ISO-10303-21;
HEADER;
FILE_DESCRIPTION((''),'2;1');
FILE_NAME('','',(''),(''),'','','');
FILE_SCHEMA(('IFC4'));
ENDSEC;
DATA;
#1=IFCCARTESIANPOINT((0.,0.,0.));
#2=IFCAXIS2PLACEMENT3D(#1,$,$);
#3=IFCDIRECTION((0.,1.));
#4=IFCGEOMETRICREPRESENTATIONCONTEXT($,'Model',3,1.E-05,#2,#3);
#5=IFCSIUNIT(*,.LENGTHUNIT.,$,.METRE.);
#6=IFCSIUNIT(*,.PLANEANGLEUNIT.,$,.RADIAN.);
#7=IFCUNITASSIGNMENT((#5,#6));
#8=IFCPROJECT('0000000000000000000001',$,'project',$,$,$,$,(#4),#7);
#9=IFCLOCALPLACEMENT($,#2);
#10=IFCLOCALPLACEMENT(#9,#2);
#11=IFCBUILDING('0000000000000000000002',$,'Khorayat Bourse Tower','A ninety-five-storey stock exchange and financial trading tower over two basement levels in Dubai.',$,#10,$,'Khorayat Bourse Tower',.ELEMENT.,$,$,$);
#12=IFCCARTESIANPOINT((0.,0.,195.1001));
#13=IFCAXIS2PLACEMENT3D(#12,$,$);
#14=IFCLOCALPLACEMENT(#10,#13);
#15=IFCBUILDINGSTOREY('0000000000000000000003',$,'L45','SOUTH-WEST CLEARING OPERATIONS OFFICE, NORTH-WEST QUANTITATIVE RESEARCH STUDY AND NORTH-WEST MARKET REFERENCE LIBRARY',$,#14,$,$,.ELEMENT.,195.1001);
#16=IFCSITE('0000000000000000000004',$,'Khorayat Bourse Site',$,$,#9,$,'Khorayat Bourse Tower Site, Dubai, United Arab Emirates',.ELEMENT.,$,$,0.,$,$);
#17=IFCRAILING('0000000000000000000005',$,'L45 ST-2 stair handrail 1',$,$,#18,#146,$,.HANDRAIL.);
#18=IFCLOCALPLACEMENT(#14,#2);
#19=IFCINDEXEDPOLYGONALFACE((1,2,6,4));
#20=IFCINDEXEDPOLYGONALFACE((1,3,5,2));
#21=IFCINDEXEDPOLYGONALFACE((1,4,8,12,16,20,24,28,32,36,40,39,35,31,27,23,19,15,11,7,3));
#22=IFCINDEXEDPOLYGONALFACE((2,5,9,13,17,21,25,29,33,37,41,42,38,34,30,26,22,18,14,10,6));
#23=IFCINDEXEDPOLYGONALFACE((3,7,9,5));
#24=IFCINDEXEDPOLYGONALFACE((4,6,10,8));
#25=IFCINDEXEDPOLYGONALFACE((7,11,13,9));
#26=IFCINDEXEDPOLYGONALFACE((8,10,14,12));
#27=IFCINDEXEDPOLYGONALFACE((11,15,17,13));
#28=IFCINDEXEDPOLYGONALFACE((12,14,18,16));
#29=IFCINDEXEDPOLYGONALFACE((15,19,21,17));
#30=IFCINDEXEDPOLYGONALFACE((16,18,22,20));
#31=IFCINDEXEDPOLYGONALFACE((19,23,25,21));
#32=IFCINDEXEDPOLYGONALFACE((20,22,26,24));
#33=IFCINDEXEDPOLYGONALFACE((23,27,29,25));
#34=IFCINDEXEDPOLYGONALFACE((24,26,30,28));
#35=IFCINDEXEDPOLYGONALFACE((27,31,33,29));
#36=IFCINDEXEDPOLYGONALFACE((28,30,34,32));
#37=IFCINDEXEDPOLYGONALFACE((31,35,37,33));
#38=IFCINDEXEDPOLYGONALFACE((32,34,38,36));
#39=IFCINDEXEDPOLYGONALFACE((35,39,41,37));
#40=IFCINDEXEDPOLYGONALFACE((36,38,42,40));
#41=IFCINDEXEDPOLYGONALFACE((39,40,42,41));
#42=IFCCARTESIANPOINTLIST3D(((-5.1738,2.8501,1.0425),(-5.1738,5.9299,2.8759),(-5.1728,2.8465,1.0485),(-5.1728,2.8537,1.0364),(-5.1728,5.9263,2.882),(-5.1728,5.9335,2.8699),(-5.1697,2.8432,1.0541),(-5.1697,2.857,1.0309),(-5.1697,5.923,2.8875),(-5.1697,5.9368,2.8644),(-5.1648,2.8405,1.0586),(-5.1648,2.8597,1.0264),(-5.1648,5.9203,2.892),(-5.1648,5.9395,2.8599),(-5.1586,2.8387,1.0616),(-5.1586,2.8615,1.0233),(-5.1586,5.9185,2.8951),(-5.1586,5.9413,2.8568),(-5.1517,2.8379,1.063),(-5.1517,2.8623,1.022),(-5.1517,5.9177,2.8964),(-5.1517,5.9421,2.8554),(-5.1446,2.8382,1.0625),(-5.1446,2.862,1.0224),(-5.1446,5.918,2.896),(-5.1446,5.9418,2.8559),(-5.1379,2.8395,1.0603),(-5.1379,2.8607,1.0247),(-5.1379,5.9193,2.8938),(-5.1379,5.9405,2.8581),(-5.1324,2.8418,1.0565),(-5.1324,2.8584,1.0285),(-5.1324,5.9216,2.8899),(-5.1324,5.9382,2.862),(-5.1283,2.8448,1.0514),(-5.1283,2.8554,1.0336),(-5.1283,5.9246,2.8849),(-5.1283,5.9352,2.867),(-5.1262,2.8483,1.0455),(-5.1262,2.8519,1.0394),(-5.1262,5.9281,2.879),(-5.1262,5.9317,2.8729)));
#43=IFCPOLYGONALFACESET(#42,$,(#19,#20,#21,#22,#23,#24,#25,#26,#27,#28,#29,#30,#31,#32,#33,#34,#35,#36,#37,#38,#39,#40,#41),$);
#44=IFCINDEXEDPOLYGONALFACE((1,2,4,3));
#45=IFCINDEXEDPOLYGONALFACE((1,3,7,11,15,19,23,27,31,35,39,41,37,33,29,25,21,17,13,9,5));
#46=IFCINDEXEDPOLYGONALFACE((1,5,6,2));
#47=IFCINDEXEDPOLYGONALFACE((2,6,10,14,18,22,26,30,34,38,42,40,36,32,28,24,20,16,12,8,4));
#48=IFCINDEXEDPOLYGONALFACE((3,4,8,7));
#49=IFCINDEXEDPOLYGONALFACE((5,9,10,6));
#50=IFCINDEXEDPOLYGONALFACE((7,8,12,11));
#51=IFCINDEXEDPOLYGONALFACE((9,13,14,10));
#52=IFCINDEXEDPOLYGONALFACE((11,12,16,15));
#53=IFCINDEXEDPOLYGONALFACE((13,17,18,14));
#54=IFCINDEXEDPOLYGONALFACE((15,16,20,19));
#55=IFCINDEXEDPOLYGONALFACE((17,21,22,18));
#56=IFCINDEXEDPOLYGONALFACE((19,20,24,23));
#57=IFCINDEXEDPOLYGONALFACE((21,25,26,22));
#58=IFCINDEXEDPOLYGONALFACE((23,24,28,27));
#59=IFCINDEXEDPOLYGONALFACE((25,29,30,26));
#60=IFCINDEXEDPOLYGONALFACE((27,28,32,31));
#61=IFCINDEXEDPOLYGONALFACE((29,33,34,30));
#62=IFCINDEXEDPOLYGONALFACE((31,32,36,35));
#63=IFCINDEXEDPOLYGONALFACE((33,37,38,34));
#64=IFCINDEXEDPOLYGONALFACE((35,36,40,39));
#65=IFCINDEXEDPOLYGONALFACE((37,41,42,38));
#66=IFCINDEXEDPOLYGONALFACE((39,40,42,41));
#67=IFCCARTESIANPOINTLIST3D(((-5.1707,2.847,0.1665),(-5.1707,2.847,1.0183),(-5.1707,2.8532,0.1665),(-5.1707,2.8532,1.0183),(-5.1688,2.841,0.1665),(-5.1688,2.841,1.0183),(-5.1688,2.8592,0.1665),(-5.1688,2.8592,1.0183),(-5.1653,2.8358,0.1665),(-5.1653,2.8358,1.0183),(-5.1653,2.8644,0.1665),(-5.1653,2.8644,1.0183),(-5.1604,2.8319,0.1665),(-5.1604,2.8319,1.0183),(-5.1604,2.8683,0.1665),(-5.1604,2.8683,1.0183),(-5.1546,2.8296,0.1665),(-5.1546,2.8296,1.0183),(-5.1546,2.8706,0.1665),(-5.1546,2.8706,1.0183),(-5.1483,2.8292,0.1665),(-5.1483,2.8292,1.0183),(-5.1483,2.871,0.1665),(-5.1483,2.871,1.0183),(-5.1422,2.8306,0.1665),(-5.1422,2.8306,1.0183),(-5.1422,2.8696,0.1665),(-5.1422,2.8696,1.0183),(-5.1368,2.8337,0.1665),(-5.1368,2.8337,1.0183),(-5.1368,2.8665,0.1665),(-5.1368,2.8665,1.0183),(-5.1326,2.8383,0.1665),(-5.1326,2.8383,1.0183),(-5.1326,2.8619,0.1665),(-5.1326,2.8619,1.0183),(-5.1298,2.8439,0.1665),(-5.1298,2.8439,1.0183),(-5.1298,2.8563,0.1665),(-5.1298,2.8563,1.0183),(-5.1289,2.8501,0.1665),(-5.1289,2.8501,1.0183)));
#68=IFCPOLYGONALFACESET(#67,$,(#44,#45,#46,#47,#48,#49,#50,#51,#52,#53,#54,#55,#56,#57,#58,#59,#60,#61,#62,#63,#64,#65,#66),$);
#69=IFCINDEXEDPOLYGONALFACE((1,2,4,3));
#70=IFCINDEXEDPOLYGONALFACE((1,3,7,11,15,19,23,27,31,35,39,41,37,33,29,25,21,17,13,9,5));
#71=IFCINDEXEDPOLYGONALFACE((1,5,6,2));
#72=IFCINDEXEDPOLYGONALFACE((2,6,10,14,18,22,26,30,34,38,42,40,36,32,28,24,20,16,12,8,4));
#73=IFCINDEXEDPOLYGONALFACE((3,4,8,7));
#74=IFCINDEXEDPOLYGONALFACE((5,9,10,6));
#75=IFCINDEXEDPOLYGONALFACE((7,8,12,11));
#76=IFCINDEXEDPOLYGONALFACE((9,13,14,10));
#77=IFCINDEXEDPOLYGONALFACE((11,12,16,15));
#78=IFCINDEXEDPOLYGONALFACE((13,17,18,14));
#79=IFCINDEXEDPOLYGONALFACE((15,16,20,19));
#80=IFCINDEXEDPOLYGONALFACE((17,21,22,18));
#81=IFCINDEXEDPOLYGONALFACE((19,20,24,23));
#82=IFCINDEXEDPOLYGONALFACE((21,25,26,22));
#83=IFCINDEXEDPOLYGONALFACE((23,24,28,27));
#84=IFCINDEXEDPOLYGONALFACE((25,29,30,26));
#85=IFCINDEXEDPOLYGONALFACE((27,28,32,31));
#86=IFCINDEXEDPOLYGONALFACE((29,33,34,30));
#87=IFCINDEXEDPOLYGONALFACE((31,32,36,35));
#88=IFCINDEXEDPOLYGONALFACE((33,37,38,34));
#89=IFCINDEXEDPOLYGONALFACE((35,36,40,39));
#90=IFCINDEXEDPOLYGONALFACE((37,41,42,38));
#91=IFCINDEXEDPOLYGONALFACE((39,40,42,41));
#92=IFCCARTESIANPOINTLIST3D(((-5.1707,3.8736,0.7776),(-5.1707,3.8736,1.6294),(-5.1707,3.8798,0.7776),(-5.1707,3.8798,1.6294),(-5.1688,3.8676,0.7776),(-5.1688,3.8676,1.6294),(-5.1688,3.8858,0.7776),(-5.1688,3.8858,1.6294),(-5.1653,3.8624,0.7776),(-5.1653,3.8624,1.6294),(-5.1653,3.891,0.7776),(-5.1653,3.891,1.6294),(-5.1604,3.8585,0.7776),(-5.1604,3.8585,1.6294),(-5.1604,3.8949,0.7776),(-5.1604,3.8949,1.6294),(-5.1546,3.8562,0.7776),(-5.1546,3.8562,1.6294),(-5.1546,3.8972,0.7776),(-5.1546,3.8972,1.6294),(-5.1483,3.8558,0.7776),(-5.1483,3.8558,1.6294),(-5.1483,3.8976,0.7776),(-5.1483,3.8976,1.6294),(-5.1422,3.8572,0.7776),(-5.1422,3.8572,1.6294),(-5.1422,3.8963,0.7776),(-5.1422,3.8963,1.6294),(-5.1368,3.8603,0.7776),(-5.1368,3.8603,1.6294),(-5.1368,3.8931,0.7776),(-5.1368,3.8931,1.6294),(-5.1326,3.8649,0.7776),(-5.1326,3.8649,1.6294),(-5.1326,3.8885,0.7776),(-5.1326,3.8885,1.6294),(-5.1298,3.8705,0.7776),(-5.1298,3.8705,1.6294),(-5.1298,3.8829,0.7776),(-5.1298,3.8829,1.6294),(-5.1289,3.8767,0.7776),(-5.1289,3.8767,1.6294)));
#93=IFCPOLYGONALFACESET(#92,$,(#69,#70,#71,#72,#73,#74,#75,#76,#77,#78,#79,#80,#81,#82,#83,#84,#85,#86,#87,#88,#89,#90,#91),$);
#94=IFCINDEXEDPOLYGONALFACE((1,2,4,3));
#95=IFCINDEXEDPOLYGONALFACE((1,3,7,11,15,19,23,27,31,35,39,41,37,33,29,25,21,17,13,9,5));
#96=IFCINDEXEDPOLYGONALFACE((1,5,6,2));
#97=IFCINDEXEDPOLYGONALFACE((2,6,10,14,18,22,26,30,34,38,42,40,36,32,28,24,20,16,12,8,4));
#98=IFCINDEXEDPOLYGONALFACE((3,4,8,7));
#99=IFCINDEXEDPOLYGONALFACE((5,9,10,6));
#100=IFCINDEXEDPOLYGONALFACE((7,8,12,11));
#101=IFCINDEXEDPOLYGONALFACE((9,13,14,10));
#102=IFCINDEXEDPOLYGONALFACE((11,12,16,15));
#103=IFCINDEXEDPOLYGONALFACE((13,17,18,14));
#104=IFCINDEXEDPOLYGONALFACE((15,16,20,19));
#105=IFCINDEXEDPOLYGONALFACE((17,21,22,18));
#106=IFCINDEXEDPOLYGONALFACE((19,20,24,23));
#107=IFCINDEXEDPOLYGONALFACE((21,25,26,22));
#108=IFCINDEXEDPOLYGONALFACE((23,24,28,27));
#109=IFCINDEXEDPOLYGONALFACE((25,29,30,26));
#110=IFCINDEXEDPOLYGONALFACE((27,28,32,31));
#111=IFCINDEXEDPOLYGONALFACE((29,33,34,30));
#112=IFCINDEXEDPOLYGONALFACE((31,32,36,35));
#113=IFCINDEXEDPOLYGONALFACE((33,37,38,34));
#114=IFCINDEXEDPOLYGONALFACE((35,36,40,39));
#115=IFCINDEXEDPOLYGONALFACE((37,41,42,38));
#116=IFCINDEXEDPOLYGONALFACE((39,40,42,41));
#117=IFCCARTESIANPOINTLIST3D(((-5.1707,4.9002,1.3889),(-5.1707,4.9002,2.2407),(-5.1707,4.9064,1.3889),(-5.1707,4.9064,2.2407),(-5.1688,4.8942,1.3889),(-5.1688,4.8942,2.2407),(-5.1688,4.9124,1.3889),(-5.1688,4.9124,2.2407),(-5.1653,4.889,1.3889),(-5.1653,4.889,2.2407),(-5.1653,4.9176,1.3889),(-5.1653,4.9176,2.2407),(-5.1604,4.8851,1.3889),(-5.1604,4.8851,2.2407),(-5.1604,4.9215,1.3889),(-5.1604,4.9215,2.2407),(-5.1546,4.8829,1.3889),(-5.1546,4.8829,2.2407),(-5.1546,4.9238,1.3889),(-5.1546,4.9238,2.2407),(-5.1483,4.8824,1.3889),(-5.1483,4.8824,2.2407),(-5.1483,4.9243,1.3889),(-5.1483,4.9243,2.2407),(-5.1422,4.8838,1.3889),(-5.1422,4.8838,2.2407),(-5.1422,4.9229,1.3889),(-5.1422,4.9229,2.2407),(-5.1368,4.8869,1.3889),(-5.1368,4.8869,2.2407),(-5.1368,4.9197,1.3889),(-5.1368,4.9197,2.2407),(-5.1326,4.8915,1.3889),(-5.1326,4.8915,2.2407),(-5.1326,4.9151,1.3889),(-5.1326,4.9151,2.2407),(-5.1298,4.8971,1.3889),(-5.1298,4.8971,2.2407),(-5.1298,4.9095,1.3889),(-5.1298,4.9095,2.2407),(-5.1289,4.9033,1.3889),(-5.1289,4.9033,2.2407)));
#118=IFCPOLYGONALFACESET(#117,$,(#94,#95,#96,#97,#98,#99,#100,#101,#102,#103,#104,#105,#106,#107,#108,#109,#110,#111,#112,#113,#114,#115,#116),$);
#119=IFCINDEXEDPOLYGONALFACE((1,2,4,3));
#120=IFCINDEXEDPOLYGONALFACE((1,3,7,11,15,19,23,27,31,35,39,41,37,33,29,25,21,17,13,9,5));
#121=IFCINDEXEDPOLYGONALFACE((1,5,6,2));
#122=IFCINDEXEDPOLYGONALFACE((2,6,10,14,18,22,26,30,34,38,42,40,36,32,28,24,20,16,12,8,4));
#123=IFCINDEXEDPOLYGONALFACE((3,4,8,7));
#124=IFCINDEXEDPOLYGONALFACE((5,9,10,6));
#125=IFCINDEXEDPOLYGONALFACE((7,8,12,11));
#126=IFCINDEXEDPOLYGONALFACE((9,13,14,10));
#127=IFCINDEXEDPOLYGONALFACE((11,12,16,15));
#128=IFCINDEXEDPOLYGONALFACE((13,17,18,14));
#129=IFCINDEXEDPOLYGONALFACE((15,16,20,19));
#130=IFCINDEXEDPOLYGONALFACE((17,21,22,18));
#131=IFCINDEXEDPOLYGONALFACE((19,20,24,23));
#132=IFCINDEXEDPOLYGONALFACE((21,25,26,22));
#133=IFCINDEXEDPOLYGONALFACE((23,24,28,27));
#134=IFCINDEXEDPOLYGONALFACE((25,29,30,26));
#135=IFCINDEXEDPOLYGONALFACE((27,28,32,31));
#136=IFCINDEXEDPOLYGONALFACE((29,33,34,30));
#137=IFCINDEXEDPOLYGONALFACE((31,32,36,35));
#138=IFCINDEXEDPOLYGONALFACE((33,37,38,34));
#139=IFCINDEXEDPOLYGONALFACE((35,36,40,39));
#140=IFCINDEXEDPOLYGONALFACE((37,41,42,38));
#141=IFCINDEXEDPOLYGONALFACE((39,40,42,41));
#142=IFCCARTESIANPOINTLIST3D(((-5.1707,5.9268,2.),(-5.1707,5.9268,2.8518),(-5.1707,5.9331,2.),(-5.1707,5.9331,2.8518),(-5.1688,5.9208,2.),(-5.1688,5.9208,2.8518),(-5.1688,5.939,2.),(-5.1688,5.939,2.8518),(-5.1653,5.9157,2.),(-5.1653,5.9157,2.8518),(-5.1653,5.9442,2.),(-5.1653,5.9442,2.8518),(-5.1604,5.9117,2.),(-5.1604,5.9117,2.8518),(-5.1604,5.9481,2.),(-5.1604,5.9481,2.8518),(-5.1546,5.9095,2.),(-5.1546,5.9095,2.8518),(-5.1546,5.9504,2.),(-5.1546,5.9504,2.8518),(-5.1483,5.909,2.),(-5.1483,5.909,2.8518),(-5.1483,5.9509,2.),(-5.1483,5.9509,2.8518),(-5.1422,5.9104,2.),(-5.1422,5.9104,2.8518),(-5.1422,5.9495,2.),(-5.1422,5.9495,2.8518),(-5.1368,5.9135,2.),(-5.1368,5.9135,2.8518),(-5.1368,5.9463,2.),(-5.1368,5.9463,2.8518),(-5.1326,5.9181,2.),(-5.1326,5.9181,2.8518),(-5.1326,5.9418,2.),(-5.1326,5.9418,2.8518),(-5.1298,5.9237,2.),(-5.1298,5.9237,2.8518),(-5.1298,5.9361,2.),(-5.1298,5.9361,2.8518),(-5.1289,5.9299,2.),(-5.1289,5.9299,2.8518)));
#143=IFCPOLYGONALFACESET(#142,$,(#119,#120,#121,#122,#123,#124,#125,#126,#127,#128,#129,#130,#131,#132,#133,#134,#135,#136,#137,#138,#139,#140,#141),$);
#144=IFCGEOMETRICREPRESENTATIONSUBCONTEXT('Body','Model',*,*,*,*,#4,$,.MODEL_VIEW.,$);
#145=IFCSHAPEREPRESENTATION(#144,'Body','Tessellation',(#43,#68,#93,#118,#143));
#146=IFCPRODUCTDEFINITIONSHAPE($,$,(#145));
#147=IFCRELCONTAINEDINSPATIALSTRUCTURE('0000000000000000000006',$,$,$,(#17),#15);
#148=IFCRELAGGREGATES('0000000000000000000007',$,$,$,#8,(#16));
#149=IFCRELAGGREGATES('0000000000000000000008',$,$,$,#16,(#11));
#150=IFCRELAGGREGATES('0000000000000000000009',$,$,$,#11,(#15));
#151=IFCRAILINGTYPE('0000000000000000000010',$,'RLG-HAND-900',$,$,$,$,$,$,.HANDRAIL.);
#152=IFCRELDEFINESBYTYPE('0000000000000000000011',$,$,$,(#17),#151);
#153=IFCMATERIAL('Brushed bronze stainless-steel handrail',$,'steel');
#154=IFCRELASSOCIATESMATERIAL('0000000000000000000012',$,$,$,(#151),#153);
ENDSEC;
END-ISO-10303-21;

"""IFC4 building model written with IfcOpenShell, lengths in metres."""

from ifc_helpers import new_model, si_unit, direction, frame, origin, origin_2d, place, context, subcontext, project, spatial, circle, extrude, source, transform, mapped, material, type_object, element, save


model = new_model("IFC4")

# Units and contexts
model_context = context("Model", 3, precision=1e-05, world=origin(), true_north=direction((0.0, 1.0)))
body_context = subcontext(model_context, "Body", "Model", "MODEL_VIEW")
ifc_project = project(units=[si_unit("LENGTHUNIT", "METRE"), si_unit("PLANEANGLEUNIT", "RADIAN")], contexts=[model_context])

# Site, building, storey
site_placement = place(None, origin())
site = spatial("IfcSite", under=ifc_project, at=site_placement, Name="Khorayat Bourse Site", LongName="Khorayat Bourse Tower Site, Dubai, United Arab Emirates", CompositionType="ELEMENT", RefElevation=0.0)
building_placement = place(site_placement, origin())
building = spatial("IfcBuilding", under=site, at=building_placement, Name="Khorayat Bourse Tower", Description="A ninety-five-storey stock exchange and financial trading tower over two basement levels in Dubai.", LongName="Khorayat Bourse Tower", CompositionType="ELEMENT")
storey_placement = place(building_placement, frame((0.0, 0.0, 195.1001)))
storey = spatial("IfcBuildingStorey", under=building, at=storey_placement, Name="L45", Description="SOUTH-WEST CLEARING OPERATIONS OFFICE, NORTH-WEST QUANTITATIVE RESEARCH STUDY AND NORTH-WEST MARKET REFERENCE LIBRARY", CompositionType="ELEMENT", Elevation=195.1001)

# Railing
ifc_material_1 = material(Name="Brushed bronze stainless-steel handrail", Category="steel")
railing_type_1 = type_object("IfcRailingType", Name="RLG-HAND-900", PredefinedType="HANDRAIL", material=ifc_material_1)
shared_shape_1 = source(origin(), body_context, "Body", "SweptSolid", [
    extrude(circle(Radius=0.0239, at=origin_2d()), frame((0.0, 0.0, 0.876), z_axis=(0.0, 0.859261, 0.511538), x_axis=(-1.0, 0.0, 0.0)), (0.0, 0.0, 1.0), 3.5842),
    extrude(circle(Radius=0.021, at=origin_2d()), origin(), (0.0, 0.0, 1.0), 0.8518),
    extrude(circle(Radius=0.021, at=origin_2d()), frame((0.0, 1.0266, 0.6111)), (0.0, 0.0, 1.0), 0.8518),
    extrude(circle(Radius=0.021, at=origin_2d()), frame((0.0, 2.0532, 1.2224)), (0.0, 0.0, 1.0), 0.8518),
    extrude(circle(Radius=0.021, at=origin_2d()), frame((0.0, 3.0798, 1.8335)), (0.0, 0.0, 1.0), 0.8518),
])
railing_1_placement = place(storey_placement, frame((-5.1499, 2.8501, 0.1665)))
element("IfcRailing", 1, at=railing_1_placement, inside=storey, type_object=railing_type_1, Name="L45 ST-2 stair handrail 1", PredefinedType="HANDRAIL", context=body_context, shape_type="MappedRepresentation", body=[
    mapped(shared_shape_1, transform((0.0, 0.0, 0.0), scale=1.0)),
])

save(model, "model.ifc")
